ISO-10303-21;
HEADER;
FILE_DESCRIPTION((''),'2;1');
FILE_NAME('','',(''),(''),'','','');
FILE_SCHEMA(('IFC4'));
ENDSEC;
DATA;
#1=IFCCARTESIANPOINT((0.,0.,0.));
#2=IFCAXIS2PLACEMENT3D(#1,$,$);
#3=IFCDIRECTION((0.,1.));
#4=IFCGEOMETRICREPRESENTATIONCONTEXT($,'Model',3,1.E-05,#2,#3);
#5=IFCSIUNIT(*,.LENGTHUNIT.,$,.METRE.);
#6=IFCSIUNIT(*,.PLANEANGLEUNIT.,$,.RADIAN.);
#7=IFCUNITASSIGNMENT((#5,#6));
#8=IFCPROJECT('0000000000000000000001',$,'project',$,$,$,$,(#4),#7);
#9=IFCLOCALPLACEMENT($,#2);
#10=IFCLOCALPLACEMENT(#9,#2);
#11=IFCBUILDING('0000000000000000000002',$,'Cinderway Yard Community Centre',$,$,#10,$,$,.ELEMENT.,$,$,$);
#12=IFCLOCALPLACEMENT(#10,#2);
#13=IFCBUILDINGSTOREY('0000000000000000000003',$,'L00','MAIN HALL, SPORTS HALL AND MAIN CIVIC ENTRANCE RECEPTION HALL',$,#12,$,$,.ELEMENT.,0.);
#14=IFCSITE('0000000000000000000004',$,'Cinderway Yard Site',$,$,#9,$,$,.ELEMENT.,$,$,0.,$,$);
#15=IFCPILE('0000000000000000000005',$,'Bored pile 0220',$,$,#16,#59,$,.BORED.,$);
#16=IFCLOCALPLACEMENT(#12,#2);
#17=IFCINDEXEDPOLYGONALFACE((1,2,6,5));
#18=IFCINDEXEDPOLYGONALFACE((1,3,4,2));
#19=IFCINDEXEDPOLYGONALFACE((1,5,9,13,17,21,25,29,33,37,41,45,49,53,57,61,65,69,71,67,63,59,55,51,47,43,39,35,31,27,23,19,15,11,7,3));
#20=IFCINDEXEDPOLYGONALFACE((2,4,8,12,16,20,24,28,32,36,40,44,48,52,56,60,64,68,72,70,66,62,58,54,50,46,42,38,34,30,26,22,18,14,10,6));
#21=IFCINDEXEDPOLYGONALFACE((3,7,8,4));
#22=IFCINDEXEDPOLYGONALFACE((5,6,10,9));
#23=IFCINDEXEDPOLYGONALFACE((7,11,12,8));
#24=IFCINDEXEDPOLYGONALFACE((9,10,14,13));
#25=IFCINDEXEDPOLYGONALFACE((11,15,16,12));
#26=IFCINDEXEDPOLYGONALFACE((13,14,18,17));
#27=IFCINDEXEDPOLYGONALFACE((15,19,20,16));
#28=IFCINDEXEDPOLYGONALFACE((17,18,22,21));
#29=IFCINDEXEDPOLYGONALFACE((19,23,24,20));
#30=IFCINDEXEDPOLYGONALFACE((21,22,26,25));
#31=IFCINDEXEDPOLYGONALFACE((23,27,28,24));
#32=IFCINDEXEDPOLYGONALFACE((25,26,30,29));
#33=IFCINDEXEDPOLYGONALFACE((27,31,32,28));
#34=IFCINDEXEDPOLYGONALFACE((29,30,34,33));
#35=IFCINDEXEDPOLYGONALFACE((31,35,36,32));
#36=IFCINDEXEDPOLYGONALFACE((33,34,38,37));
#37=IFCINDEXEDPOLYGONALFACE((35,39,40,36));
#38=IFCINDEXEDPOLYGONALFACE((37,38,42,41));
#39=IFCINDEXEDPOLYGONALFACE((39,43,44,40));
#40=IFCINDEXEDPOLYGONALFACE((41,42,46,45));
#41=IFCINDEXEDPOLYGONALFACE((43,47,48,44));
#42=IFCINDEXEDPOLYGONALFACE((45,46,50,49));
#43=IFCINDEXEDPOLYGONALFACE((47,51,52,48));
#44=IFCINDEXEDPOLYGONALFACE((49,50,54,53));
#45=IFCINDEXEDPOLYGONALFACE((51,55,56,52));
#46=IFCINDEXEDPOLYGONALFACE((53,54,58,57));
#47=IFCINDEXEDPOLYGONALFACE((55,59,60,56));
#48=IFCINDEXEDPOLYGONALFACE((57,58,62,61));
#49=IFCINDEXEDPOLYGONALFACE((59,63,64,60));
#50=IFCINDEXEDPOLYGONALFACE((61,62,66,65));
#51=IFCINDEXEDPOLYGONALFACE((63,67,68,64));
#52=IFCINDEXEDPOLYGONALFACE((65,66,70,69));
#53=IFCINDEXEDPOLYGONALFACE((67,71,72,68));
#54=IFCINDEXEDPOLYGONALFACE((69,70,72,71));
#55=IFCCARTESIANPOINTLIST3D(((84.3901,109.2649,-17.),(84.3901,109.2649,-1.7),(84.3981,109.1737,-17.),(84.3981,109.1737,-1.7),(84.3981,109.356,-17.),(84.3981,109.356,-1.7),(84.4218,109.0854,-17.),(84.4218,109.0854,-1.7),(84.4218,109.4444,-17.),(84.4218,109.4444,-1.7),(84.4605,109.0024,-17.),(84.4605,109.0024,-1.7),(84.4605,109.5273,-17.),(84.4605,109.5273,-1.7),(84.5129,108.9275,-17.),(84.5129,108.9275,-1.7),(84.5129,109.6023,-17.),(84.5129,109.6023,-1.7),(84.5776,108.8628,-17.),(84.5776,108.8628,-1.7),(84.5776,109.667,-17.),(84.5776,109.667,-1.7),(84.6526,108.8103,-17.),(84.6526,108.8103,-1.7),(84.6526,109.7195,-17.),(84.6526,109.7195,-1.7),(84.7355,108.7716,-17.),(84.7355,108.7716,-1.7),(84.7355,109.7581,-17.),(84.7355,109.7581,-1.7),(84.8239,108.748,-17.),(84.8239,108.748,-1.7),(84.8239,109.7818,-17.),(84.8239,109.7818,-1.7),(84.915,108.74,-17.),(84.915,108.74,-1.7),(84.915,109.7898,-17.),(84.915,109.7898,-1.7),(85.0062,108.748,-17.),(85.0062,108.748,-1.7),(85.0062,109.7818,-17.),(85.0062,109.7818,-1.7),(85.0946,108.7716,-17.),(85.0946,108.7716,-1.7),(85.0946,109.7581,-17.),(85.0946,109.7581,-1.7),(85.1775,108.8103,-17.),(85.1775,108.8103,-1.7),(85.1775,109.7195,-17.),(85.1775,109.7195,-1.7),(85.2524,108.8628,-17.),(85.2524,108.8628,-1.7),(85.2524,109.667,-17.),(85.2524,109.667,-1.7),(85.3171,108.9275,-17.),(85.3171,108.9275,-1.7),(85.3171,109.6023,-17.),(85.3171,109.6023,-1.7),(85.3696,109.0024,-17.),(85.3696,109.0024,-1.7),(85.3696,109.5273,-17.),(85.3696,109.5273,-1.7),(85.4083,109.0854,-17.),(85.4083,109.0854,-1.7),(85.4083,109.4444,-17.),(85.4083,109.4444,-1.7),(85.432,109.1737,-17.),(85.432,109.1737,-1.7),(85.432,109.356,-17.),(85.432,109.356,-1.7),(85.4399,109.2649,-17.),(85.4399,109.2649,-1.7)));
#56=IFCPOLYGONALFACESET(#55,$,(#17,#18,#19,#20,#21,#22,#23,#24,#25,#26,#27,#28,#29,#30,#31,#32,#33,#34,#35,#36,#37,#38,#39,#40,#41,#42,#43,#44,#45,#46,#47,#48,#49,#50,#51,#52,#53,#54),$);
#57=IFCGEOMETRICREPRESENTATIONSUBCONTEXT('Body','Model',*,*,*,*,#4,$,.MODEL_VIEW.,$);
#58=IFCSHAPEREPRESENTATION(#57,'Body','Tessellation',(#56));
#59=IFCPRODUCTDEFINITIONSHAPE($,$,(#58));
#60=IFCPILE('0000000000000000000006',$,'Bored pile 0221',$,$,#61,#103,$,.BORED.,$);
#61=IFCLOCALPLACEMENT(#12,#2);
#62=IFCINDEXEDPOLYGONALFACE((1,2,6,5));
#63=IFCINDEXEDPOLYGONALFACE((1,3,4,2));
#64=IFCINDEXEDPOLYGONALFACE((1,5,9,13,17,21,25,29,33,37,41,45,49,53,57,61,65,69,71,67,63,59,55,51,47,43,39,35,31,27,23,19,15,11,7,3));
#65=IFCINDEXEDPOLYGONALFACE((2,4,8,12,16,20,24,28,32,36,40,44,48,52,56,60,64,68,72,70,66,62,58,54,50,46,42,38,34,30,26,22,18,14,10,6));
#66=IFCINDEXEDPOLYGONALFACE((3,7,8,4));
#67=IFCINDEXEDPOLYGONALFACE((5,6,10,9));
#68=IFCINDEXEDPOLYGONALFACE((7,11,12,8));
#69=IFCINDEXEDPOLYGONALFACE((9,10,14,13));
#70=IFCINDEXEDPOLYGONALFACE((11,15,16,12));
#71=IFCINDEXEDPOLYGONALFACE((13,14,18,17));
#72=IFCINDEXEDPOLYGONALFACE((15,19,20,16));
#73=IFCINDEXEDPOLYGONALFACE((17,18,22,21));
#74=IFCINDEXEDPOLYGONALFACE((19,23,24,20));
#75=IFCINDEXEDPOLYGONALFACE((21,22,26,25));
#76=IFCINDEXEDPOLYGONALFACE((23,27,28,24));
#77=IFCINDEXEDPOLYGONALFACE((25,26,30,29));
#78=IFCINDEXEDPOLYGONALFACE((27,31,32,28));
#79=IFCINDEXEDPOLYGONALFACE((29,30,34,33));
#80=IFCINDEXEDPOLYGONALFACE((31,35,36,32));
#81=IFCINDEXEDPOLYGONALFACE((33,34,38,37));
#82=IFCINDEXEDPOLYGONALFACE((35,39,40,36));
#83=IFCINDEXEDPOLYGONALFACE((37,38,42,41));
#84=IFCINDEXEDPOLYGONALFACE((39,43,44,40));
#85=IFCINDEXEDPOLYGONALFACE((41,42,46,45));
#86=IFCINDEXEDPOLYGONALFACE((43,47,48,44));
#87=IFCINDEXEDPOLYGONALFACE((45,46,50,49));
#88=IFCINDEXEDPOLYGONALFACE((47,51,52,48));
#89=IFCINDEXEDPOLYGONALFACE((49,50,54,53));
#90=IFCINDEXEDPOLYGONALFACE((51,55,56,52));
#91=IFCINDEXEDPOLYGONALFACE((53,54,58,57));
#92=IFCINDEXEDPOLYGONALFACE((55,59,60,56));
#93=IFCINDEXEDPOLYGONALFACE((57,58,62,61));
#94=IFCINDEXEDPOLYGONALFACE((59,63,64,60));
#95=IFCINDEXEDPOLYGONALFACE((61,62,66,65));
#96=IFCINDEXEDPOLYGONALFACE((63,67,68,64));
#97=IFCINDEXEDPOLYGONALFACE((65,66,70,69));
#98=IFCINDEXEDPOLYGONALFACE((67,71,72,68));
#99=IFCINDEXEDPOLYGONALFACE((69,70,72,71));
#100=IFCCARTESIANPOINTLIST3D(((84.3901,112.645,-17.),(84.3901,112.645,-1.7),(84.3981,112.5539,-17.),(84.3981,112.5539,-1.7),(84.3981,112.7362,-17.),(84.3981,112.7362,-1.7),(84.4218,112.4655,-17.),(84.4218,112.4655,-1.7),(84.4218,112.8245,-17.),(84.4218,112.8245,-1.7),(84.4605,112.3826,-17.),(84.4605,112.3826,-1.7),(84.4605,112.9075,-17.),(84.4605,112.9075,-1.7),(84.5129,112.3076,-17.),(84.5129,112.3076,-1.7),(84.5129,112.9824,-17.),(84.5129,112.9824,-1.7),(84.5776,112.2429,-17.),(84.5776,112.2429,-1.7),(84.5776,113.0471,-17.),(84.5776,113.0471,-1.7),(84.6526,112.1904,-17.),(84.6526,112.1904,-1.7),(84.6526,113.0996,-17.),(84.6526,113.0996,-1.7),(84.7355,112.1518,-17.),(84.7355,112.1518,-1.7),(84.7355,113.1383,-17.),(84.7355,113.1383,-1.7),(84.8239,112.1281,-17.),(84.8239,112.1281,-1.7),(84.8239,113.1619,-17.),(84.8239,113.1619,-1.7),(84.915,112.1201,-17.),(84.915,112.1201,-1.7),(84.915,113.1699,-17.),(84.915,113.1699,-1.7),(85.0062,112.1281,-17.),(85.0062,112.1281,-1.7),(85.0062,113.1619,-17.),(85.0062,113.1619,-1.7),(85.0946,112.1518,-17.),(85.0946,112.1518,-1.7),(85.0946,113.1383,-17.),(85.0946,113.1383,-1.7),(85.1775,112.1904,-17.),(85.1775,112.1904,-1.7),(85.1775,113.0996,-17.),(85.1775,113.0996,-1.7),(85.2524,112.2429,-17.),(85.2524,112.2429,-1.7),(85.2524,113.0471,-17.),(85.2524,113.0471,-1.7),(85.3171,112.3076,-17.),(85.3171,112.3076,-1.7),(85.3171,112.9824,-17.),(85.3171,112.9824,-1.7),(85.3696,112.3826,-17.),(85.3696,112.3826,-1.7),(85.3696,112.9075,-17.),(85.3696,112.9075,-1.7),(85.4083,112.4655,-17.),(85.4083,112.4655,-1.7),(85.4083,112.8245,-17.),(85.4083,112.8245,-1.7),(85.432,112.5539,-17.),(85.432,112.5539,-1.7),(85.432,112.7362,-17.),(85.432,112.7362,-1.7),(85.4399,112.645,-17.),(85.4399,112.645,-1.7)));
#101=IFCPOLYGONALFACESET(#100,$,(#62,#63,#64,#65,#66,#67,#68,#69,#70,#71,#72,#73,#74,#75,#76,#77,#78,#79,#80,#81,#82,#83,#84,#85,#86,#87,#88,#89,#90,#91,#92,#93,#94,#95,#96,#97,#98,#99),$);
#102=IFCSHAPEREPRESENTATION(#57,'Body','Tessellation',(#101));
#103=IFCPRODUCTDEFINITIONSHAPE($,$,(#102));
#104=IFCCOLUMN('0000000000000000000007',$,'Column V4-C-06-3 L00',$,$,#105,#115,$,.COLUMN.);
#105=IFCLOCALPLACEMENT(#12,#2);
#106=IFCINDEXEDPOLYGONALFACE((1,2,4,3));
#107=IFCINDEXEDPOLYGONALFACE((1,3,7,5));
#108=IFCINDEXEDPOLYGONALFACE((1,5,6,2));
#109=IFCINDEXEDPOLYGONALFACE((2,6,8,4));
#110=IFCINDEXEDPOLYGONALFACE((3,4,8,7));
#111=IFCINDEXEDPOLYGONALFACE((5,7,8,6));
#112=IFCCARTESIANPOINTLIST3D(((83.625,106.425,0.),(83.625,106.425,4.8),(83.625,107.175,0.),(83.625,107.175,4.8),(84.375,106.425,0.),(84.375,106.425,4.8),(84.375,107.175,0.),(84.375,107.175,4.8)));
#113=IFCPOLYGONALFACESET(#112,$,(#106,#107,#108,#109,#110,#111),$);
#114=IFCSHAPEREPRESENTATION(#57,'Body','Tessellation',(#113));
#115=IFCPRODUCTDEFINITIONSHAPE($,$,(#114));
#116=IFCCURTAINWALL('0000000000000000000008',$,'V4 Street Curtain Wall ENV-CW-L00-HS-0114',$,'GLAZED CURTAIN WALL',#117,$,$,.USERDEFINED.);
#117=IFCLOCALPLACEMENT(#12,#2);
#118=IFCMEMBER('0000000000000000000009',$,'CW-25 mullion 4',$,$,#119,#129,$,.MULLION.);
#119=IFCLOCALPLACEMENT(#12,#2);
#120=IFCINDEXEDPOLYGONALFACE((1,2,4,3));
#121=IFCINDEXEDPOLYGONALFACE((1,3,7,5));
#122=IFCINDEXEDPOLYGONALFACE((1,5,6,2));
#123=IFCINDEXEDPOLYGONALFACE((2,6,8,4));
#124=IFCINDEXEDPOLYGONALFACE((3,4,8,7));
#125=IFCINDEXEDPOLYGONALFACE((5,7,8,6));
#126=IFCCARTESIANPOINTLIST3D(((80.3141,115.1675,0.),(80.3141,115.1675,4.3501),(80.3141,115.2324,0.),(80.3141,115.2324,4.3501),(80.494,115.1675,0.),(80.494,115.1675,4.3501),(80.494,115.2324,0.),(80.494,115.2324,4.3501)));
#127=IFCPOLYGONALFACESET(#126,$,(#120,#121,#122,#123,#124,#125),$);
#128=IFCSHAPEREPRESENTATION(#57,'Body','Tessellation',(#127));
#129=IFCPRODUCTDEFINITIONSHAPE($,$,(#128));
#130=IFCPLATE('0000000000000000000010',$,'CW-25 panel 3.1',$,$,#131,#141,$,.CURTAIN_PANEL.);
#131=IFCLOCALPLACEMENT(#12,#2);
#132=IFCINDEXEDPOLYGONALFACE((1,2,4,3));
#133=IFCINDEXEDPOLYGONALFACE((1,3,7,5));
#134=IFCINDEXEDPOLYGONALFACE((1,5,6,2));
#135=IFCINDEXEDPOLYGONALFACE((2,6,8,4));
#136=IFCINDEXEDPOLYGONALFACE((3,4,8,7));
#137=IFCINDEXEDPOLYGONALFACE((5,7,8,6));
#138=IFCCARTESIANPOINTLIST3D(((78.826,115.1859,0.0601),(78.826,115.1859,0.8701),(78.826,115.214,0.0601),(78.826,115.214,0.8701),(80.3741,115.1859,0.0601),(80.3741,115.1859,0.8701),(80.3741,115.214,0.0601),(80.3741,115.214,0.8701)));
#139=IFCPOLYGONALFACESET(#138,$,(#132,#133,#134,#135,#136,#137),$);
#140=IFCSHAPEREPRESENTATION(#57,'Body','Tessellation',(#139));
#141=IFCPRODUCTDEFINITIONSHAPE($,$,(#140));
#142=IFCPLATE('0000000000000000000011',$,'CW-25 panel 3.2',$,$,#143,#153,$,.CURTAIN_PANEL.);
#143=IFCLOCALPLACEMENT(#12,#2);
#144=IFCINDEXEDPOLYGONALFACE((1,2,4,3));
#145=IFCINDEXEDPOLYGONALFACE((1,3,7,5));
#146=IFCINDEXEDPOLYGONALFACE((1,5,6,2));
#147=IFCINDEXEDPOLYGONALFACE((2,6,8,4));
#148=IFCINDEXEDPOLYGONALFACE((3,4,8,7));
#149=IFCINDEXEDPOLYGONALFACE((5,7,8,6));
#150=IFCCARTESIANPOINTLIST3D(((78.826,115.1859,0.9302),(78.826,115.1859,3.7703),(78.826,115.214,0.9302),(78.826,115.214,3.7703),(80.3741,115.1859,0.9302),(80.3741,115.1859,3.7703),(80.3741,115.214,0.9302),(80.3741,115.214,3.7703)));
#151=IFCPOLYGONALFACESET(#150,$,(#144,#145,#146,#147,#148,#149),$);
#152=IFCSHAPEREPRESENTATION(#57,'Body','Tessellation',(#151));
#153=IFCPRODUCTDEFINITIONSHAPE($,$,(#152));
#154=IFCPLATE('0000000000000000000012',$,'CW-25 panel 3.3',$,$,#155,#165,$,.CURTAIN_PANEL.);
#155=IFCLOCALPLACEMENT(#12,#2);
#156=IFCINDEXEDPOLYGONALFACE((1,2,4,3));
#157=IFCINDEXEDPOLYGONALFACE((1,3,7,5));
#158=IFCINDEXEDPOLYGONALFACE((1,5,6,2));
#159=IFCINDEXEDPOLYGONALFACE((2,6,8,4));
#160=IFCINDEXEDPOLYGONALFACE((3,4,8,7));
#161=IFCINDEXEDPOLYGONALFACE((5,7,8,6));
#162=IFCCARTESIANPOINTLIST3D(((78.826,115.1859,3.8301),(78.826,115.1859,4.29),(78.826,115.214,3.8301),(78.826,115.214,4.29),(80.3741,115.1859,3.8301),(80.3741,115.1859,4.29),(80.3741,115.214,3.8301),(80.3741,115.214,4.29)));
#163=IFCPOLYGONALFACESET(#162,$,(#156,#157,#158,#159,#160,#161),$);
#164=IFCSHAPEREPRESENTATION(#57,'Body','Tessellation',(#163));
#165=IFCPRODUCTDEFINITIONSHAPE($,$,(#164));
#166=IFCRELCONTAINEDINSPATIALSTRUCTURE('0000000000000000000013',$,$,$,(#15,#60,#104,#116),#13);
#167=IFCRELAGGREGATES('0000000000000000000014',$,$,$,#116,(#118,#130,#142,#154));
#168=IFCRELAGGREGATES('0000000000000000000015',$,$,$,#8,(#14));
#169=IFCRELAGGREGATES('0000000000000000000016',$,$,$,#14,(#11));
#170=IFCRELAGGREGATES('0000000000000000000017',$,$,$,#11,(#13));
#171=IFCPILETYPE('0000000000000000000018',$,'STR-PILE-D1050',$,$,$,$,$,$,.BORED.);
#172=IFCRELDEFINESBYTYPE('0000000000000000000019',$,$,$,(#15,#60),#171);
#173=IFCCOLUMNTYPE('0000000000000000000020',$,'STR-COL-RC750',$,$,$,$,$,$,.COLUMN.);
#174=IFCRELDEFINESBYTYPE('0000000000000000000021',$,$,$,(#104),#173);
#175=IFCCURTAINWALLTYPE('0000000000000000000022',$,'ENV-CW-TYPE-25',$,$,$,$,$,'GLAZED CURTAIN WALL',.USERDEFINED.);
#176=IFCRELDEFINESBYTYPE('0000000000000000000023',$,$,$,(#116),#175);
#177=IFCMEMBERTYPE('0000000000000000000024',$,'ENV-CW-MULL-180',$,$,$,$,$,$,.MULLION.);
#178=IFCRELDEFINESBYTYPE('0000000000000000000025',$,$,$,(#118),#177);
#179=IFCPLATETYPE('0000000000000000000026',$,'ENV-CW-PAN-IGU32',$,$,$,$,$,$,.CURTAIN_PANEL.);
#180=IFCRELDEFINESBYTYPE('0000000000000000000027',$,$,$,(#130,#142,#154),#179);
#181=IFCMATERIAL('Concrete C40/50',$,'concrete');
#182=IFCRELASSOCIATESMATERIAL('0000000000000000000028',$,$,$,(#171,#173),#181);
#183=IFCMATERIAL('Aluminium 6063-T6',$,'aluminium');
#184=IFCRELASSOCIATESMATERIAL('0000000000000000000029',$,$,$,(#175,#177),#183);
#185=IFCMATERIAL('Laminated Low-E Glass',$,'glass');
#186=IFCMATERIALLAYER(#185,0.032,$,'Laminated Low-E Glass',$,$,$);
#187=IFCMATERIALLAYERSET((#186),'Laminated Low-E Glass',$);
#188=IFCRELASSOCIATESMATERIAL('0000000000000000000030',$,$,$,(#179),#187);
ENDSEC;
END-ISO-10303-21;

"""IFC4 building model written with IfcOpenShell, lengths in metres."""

from ifc_helpers import new_model, si_unit, direction, frame, origin, origin_2d, place, context, subcontext, project, spatial, rectangle, circle, extrude, material, layer, layer_set, material_profile, profile_set, type_object, element, aggregate, save


model = new_model("IFC4")

# Units and contexts
model_context = context("Model", 3, precision=1e-05, world=origin(), true_north=direction((0.0, 1.0)))
body_context = subcontext(model_context, "Body", "Model", "MODEL_VIEW")
ifc_project = project(units=[si_unit("LENGTHUNIT", "METRE"), si_unit("PLANEANGLEUNIT", "RADIAN")], contexts=[model_context])

# Site, building, storey
site_placement = place(None, origin())
site = spatial("IfcSite", under=ifc_project, at=site_placement, Name="Cinderway Yard Site", CompositionType="ELEMENT", RefElevation=0.0)
building_placement = place(site_placement, origin())
building = spatial("IfcBuilding", under=site, at=building_placement, Name="Cinderway Yard Community Centre", CompositionType="ELEMENT")
storey_placement = place(building_placement, origin())
storey = spatial("IfcBuildingStorey", under=building, at=storey_placement, Name="L00", Description="MAIN HALL, SPORTS HALL AND MAIN CIVIC ENTRANCE RECEPTION HALL", CompositionType="ELEMENT", Elevation=0.0)

# Shared definitions
ifc_material_1 = material(Name="Concrete C40/50", Category="concrete")

# Piles
ifc_material_profile_1 = material_profile(ifc_material_1, circle(Radius=0.5249, at=origin_2d()), Name="Concrete C40/50")
ifc_profile_set_1 = profile_set([ifc_material_profile_1], Name="Concrete C40/50")
pile_type = type_object("IfcPileType", Name="STR-PILE-D1050", PredefinedType="BORED", material=ifc_profile_set_1)
for number, where, z_axis, x_axis, name in (
    (1, (84.915, 109.2649, -1.7), (0.0, 0.0, -1.0), (1.0, 0.0, 0.0), "Bored pile 0220"),
    (2, (84.915, 112.645, -1.7), (0.0, 0.0, -1.0), (1.0, 0.0, 0.0), "Bored pile 0221"),
):
    element("IfcPile", number, at=place(storey_placement, frame(where, z_axis=z_axis, x_axis=x_axis)), inside=storey, type_object=pile_type, Name=name, PredefinedType="BORED", context=body_context, shape_type="SweptSolid", body=[
        extrude(circle(Radius=0.5249, at=origin_2d()), origin(), (0.0, 0.0, 1.0), 15.3),
    ])

# Column
ifc_material_profile_2 = material_profile(ifc_material_1, rectangle(XDim=0.75, YDim=0.75, at=origin_2d()), Name="Concrete C40/50")
ifc_profile_set_2 = profile_set([ifc_material_profile_2], Name="Concrete C40/50")
column_type = type_object("IfcColumnType", Name="STR-COL-RC750", PredefinedType="COLUMN", material=ifc_profile_set_2)
column_placement = place(storey_placement, frame((84.0, 106.8, 0.0), z_axis=(0.0, 0.0, 1.0), x_axis=(1.0, 0.0, 0.0)))
element("IfcColumn", 3, at=column_placement, inside=storey, type_object=column_type, Name="Column V4-C-06-3 L00", PredefinedType="COLUMN", context=body_context, shape_type="SweptSolid", body=[
    extrude(rectangle(XDim=0.75, YDim=0.75, at=origin_2d()), origin(), (0.0, 0.0, 1.0), 4.8),
])

# Curtain wall, member, plates
ifc_material_2 = material(Name="Aluminium 6063-T6", Category="aluminium")
curtain_wall_type = type_object("IfcCurtainWallType", Name="ENV-CW-TYPE-25", ElementType="GLAZED CURTAIN WALL", PredefinedType="USERDEFINED", material=ifc_material_2)
curtain_wall_placement = place(storey_placement, origin())
curtain_wall = element("IfcCurtainWall", 4, at=curtain_wall_placement, inside=storey, type_object=curtain_wall_type, Name="V4 Street Curtain Wall ENV-CW-L00-HS-0114", ObjectType="GLAZED CURTAIN WALL", PredefinedType="USERDEFINED")
ifc_material_profile_3 = material_profile(ifc_material_2, rectangle(XDim=0.0649, YDim=0.1799, at=origin_2d()), Name="Aluminium 6063-T6")
ifc_profile_set_3 = profile_set([ifc_material_profile_3], Name="Aluminium 6063-T6")
member_type = type_object("IfcMemberType", Name="ENV-CW-MULL-180", PredefinedType="MULLION", material=ifc_profile_set_3)
member_placement = place(storey_placement, frame((80.4041, 115.2, 0.0), z_axis=(0.0, 0.0, 1.0), x_axis=(0.0, 1.0, 0.0)))
member = element("IfcMember", 5, at=member_placement, type_object=member_type, Name="CW-25 mullion 4", PredefinedType="MULLION", context=body_context, shape_type="SweptSolid", body=[
    extrude(rectangle(XDim=0.0649, YDim=0.1799, at=origin_2d()), origin(), (0.0, 0.0, 1.0), 4.3501),
])
ifc_material_3 = material(Name="Laminated Low-E Glass", Category="glass")
ifc_layer_1 = layer(ifc_material_3, 0.032, Name="Laminated Low-E Glass")
ifc_layer_set_1 = layer_set([ifc_layer_1], Name="Laminated Low-E Glass")
plate_type = type_object("IfcPlateType", Name="ENV-CW-PAN-IGU32", PredefinedType="CURTAIN_PANEL", material=ifc_layer_set_1)
plate_1_placement = place(storey_placement, frame((79.6001, 115.2, 0.0601), z_axis=(0.0, 0.0, 1.0), x_axis=(1.0, 0.0, 0.0)))
plate_1 = element("IfcPlate", 6, at=plate_1_placement, type_object=plate_type, Name="CW-25 panel 3.1", PredefinedType="CURTAIN_PANEL", context=body_context, shape_type="SweptSolid", body=[
    extrude(rectangle(XDim=1.5481, YDim=0.0281, at=origin_2d()), origin(), (0.0, 0.0, 1.0), 0.8101),
])
plate_2_placement = place(storey_placement, frame((79.6001, 115.2, 0.9302), z_axis=(0.0, 0.0, 1.0), x_axis=(1.0, 0.0, 0.0)))
plate_2 = element("IfcPlate", 7, at=plate_2_placement, type_object=plate_type, Name="CW-25 panel 3.2", PredefinedType="CURTAIN_PANEL", context=body_context, shape_type="SweptSolid", body=[
    extrude(rectangle(XDim=1.5481, YDim=0.0281, at=origin_2d()), origin(), (0.0, 0.0, 1.0), 2.8401),
])
plate_3_placement = place(storey_placement, frame((79.6001, 115.2, 3.8301), z_axis=(0.0, 0.0, 1.0), x_axis=(1.0, 0.0, 0.0)))
plate_3 = element("IfcPlate", 8, at=plate_3_placement, type_object=plate_type, Name="CW-25 panel 3.3", PredefinedType="CURTAIN_PANEL", context=body_context, shape_type="SweptSolid", body=[
    extrude(rectangle(XDim=1.5481, YDim=0.0281, at=origin_2d()), origin(), (0.0, 0.0, 1.0), 0.46),
])
aggregate(curtain_wall, [member, plate_1, plate_2, plate_3])

save(model, "model.ifc")
